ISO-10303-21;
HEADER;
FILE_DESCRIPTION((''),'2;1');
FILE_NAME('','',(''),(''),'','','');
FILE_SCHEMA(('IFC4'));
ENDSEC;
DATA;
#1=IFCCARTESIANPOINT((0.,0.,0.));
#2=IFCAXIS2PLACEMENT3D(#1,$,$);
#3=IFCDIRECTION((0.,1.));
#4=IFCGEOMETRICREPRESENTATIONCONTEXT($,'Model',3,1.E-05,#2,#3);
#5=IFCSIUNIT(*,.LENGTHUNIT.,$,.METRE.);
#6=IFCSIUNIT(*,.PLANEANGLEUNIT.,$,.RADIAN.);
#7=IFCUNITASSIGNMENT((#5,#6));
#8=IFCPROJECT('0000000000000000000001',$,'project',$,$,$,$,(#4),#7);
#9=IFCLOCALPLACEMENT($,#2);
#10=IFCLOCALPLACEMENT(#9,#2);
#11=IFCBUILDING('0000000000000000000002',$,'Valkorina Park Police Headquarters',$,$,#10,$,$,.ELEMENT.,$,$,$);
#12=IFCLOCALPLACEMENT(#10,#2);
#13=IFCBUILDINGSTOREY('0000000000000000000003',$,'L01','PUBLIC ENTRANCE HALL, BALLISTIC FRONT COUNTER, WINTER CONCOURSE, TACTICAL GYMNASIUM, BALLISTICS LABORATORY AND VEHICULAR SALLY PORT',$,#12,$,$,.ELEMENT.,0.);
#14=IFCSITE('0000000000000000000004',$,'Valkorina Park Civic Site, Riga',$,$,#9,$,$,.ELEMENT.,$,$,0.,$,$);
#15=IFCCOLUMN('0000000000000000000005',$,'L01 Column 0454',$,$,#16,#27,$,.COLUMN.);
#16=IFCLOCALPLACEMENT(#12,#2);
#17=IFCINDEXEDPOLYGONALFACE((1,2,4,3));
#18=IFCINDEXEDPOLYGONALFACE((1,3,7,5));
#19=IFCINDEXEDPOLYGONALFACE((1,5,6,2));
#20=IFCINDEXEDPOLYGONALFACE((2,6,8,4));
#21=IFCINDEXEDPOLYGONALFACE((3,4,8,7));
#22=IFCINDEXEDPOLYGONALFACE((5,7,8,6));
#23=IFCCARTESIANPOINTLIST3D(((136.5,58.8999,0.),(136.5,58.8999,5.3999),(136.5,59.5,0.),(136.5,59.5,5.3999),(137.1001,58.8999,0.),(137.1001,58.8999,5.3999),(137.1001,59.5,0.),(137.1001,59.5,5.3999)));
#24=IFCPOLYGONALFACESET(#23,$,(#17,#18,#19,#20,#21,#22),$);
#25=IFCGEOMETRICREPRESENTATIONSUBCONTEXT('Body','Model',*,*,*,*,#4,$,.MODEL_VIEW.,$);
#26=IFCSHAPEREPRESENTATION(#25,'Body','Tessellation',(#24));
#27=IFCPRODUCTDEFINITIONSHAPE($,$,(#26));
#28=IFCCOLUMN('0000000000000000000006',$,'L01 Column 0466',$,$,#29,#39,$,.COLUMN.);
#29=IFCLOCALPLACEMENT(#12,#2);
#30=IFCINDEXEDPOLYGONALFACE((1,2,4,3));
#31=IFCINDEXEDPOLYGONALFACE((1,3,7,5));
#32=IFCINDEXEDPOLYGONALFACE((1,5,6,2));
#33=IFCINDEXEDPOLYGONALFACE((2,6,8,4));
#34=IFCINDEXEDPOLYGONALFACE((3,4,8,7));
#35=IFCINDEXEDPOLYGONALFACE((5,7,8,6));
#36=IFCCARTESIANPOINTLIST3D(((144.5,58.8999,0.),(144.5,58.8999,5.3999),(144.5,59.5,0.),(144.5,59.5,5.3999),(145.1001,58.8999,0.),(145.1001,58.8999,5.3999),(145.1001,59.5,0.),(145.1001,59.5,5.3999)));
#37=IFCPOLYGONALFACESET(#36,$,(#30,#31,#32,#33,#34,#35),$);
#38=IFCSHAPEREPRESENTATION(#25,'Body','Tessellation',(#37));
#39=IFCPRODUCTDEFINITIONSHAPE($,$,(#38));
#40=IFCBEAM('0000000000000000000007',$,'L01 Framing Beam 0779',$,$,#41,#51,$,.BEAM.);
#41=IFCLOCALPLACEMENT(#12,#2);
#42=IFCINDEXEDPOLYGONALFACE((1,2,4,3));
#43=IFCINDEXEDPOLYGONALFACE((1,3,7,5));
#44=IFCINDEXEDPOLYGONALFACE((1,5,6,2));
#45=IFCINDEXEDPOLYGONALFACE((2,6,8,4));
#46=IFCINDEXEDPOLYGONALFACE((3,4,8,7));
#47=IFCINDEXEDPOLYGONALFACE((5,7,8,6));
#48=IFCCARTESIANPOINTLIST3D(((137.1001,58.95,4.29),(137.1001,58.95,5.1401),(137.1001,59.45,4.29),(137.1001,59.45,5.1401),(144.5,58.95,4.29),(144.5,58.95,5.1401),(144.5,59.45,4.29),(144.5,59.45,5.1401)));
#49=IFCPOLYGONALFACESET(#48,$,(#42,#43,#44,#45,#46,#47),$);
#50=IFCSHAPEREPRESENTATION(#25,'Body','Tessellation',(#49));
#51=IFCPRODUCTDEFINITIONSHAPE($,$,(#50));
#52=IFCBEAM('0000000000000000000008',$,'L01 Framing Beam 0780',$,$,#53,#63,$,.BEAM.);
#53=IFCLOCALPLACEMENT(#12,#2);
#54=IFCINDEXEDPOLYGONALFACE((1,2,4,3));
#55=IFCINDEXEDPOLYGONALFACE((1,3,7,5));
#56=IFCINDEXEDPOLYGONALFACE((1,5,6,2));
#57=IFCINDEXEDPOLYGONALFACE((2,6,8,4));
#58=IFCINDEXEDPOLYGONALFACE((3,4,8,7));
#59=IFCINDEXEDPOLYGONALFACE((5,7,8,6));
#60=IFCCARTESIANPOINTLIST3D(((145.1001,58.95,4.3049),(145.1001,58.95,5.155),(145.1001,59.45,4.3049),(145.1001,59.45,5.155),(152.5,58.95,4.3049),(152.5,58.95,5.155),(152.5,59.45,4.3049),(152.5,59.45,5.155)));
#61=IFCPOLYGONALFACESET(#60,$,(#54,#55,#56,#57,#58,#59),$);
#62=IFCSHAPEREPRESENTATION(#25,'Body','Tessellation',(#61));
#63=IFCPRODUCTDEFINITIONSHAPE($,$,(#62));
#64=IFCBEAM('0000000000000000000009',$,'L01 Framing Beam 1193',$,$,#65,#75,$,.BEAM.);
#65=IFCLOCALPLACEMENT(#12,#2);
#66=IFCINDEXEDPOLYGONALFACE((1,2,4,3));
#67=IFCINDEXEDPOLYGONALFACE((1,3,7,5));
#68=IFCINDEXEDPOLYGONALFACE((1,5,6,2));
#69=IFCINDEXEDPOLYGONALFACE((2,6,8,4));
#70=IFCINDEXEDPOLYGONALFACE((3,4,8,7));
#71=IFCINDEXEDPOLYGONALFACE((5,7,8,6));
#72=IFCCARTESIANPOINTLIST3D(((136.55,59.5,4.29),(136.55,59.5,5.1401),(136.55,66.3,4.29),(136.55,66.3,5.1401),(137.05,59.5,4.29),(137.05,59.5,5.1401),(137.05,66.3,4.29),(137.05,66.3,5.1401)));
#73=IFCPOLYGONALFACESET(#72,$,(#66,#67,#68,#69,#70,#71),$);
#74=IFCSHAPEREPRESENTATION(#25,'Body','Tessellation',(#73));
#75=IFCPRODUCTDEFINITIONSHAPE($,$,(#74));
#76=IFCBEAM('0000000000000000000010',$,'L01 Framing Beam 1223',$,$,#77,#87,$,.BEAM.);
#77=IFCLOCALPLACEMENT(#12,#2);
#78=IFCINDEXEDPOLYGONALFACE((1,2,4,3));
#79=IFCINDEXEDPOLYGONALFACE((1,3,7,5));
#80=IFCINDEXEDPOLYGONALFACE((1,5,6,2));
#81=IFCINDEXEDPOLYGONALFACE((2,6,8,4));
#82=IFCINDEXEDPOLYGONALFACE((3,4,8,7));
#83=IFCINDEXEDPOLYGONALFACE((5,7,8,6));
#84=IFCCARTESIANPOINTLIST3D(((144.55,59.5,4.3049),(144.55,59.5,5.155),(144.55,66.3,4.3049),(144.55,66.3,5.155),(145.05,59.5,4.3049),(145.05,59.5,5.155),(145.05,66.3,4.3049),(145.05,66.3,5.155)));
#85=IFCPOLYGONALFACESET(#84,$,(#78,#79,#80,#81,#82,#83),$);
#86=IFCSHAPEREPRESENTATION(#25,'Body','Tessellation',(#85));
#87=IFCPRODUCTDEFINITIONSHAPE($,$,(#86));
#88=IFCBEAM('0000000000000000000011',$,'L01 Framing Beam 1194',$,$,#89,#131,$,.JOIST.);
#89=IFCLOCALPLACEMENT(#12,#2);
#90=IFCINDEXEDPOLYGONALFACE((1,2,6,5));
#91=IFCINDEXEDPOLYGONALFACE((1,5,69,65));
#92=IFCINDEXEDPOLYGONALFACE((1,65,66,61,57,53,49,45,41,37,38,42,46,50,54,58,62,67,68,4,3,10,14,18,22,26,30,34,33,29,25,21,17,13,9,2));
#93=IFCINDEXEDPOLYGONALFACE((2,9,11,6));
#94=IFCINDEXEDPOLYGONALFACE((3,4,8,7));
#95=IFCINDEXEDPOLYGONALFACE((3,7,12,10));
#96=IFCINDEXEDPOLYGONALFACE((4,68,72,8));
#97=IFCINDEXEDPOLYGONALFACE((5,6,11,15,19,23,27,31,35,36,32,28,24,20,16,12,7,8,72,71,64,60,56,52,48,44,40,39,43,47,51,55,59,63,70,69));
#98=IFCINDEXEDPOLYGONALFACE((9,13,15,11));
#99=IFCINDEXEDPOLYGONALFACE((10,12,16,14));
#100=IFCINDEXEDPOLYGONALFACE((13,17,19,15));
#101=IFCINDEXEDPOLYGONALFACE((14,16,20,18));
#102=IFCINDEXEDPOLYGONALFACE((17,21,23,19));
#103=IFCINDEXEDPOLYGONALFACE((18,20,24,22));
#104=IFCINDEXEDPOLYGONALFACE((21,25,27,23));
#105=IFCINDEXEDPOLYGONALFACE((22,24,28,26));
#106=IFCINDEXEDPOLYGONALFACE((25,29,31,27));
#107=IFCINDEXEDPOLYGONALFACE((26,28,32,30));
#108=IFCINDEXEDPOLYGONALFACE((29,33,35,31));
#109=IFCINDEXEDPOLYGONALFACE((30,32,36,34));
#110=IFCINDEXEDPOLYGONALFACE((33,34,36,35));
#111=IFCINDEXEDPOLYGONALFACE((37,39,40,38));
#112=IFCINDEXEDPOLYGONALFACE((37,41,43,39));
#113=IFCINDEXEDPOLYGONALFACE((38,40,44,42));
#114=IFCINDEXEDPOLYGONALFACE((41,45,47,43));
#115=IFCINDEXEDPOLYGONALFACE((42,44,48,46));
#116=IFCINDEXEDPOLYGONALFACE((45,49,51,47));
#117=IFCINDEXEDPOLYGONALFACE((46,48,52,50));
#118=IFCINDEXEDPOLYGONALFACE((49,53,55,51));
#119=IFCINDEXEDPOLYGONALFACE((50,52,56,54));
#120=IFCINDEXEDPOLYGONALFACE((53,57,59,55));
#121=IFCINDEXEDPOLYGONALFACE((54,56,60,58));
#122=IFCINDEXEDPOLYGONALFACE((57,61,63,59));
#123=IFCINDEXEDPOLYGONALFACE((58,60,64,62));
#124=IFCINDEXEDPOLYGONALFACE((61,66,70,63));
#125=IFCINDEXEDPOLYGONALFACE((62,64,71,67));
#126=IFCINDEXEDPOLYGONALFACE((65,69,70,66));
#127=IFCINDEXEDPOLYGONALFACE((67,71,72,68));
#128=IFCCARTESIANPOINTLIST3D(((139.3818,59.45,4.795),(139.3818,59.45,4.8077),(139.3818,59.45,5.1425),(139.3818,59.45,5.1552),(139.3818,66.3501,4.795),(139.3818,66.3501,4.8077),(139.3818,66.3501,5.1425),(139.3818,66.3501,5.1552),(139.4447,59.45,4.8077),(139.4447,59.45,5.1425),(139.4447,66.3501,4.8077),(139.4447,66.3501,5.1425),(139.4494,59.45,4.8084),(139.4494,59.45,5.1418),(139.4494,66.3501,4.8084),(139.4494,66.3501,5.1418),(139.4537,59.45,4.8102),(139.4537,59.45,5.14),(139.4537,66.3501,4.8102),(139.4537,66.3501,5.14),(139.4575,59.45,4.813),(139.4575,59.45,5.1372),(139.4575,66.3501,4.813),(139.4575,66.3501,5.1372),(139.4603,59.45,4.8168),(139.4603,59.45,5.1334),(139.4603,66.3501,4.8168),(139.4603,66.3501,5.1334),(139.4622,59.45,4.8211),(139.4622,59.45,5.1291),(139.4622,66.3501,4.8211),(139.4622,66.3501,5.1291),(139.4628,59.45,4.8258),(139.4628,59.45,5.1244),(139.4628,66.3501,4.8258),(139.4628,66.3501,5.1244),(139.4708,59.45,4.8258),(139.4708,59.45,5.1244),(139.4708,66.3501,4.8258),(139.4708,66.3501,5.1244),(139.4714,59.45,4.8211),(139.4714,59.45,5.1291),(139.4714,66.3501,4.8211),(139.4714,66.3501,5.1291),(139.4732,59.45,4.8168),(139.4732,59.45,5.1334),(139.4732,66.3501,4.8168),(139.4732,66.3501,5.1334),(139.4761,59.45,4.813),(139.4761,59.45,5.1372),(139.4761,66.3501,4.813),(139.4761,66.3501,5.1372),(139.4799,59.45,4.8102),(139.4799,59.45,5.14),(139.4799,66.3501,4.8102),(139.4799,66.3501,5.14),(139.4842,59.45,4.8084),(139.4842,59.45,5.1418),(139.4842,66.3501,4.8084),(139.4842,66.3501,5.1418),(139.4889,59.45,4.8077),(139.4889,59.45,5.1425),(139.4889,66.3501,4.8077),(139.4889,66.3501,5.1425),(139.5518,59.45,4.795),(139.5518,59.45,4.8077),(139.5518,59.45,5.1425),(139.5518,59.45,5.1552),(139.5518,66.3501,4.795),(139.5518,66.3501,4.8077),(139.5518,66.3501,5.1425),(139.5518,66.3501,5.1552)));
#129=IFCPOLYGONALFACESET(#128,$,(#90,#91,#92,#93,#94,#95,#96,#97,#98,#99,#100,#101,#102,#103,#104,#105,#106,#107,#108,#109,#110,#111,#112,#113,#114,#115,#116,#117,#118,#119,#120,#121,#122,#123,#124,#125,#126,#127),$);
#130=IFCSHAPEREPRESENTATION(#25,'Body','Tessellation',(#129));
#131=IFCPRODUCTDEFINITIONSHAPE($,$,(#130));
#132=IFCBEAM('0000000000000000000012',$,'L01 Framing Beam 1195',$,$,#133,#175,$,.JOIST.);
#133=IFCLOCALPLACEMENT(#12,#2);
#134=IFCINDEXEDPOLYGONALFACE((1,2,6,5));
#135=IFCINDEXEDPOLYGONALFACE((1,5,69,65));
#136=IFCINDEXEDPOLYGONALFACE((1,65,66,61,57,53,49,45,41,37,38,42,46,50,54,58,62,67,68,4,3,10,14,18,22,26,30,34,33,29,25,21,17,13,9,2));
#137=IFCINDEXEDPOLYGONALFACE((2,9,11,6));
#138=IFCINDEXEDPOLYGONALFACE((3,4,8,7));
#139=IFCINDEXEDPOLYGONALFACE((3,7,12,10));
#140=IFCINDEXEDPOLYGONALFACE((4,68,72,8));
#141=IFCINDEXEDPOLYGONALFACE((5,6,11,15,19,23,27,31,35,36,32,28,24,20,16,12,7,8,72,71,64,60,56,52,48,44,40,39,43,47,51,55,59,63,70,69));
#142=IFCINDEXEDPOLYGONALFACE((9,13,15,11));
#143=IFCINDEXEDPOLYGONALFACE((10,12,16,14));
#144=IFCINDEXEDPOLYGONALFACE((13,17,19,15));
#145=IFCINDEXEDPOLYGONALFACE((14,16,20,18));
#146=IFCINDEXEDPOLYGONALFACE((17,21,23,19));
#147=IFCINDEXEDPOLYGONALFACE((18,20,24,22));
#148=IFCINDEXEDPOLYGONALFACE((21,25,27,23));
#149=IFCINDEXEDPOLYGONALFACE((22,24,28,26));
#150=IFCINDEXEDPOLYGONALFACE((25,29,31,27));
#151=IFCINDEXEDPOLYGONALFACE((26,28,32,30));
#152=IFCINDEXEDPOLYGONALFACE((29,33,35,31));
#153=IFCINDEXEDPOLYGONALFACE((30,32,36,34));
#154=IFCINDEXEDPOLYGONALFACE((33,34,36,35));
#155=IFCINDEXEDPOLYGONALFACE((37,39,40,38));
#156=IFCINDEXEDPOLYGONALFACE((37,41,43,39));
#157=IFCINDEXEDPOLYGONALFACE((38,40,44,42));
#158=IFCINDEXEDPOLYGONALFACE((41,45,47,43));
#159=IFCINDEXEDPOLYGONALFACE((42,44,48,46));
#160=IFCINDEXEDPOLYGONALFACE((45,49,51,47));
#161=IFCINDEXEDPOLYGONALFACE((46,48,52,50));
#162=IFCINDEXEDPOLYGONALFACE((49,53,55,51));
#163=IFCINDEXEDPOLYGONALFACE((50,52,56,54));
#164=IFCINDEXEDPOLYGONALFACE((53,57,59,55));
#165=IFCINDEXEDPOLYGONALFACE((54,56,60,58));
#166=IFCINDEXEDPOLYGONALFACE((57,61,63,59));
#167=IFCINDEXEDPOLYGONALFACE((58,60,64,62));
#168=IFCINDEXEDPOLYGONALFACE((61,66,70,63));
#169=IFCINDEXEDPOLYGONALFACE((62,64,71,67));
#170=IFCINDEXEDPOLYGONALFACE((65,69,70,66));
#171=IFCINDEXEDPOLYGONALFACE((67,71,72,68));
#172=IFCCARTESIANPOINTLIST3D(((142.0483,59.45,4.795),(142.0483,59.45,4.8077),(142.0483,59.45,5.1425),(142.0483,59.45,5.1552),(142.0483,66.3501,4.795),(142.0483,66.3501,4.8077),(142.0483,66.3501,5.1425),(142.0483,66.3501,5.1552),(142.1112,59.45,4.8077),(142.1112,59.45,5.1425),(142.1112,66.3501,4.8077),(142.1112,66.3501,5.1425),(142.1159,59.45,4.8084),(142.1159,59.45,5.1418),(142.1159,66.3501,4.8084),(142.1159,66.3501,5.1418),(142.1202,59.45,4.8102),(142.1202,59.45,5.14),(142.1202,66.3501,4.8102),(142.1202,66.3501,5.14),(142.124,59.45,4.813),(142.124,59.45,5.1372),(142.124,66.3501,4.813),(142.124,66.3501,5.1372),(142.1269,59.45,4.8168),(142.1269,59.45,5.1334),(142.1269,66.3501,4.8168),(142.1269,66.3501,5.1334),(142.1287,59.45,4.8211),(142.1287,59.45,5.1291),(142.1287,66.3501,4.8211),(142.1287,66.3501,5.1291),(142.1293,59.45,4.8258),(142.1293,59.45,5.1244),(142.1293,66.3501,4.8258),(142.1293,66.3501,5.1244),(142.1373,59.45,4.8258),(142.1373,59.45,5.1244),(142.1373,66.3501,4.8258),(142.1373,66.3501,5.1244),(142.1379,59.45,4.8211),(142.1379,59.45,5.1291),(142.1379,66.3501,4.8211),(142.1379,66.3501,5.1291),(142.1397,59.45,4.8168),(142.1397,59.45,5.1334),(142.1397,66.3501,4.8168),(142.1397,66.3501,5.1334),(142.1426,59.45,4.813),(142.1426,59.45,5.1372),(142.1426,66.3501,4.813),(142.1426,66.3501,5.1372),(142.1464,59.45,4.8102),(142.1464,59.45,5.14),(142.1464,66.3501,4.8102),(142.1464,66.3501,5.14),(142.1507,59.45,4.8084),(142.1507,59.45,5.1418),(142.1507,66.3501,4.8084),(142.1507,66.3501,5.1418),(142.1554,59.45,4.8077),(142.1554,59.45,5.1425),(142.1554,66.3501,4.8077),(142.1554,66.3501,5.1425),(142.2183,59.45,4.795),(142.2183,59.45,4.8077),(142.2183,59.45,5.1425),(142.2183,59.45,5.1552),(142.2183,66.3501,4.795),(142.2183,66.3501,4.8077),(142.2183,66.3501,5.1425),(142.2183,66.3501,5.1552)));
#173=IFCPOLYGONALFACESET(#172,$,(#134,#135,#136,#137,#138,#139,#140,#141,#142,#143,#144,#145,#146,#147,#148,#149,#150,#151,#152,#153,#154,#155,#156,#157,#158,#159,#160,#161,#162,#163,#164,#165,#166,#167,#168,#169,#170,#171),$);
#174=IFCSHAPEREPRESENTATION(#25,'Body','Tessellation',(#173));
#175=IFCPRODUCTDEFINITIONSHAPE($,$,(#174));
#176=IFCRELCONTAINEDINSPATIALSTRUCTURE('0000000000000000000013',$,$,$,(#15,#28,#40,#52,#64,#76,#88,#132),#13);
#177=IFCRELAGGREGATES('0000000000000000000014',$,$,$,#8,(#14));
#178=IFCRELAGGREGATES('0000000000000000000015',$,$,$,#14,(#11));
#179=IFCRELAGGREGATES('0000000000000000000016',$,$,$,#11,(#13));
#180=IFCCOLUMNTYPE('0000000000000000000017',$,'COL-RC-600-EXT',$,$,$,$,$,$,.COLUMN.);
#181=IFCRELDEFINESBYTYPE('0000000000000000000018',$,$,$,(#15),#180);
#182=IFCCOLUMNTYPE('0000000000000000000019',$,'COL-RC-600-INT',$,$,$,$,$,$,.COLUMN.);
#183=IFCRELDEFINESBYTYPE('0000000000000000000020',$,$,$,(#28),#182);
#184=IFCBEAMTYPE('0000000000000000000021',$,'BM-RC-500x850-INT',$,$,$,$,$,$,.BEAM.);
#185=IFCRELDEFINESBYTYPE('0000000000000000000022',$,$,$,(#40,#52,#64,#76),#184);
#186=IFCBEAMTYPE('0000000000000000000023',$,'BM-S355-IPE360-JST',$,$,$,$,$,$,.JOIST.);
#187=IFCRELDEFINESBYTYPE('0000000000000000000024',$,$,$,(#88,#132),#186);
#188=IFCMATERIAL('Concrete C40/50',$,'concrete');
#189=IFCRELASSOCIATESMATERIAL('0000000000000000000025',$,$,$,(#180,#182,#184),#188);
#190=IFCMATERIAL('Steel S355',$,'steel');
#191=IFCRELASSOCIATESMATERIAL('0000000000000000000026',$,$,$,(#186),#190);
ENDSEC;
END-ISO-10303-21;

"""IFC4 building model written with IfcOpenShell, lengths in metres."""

from ifc_helpers import new_model, si_unit, direction, frame, origin, origin_2d, place, context, subcontext, project, spatial, rectangle, i_section, extrude, material, material_profile, profile_set, type_object, element, save


model = new_model("IFC4")

# Units and contexts
model_context = context("Model", 3, precision=1e-05, world=origin(), true_north=direction((0.0, 1.0)))
body_context = subcontext(model_context, "Body", "Model", "MODEL_VIEW")
ifc_project = project(units=[si_unit("LENGTHUNIT", "METRE"), si_unit("PLANEANGLEUNIT", "RADIAN")], contexts=[model_context])

# Site, building, storey
site_placement = place(None, origin())
site = spatial("IfcSite", under=ifc_project, at=site_placement, Name="Valkorina Park Civic Site, Riga", CompositionType="ELEMENT", RefElevation=0.0)
building_placement = place(site_placement, origin())
building = spatial("IfcBuilding", under=site, at=building_placement, Name="Valkorina Park Police Headquarters", CompositionType="ELEMENT")
storey_placement = place(building_placement, origin())
storey = spatial("IfcBuildingStorey", under=building, at=storey_placement, Name="L01", Description="PUBLIC ENTRANCE HALL, BALLISTIC FRONT COUNTER, WINTER CONCOURSE, TACTICAL GYMNASIUM, BALLISTICS LABORATORY AND VEHICULAR SALLY PORT", CompositionType="ELEMENT", Elevation=0.0)

# Columns
ifc_material_1 = material(Name="Concrete C40/50", Category="concrete")
ifc_material_profile_1 = material_profile(ifc_material_1, rectangle(XDim=0.6001, YDim=0.6001, at=origin_2d()), Name="RC COL 600x600")
ifc_profile_set_1 = profile_set([ifc_material_profile_1], Name="Concrete C40/50")
column_type_1 = type_object("IfcColumnType", Name="COL-RC-600-EXT", PredefinedType="COLUMN", material=ifc_profile_set_1)
column_1_placement = place(storey_placement, frame((136.8, 59.2, 0.0), z_axis=(0.0, 0.0, 1.0), x_axis=(1.0, 0.0, 0.0)))
element("IfcColumn", 1, at=column_1_placement, inside=storey, type_object=column_type_1, Name="L01 Column 0454", PredefinedType="COLUMN", context=body_context, shape_type="SweptSolid", body=[
    extrude(rectangle(XDim=0.6001, YDim=0.6001, at=origin_2d()), origin(), (0.0, 0.0, 1.0), 5.3999),
])
ifc_material_profile_2 = material_profile(ifc_material_1, rectangle(XDim=0.6001, YDim=0.6001, at=origin_2d()), Name="RC COL 600x600")
ifc_profile_set_2 = profile_set([ifc_material_profile_2], Name="Concrete C40/50")
column_type_2 = type_object("IfcColumnType", Name="COL-RC-600-INT", PredefinedType="COLUMN", material=ifc_profile_set_2)
column_2_placement = place(storey_placement, frame((144.8, 59.2, 0.0), z_axis=(0.0, 0.0, 1.0), x_axis=(1.0, 0.0, 0.0)))
element("IfcColumn", 2, at=column_2_placement, inside=storey, type_object=column_type_2, Name="L01 Column 0466", PredefinedType="COLUMN", context=body_context, shape_type="SweptSolid", body=[
    extrude(rectangle(XDim=0.6001, YDim=0.6001, at=origin_2d()), origin(), (0.0, 0.0, 1.0), 5.3999),
])

# Beams
ifc_material_profile_3 = material_profile(ifc_material_1, rectangle(XDim=0.5, YDim=0.8501, at=origin_2d()), Name="RC BEAM 500x850")
ifc_profile_set_3 = profile_set([ifc_material_profile_3], Name="Concrete C40/50")
beam_type_1 = type_object("IfcBeamType", Name="BM-RC-500x850-INT", PredefinedType="BEAM", material=ifc_profile_set_3)
for number, where, z_axis, x_axis, name in (
    (3, (137.1001, 59.2, 4.7151), (1.0, 0.0, 0.0), (0.0, 1.0, 0.0), "L01 Framing Beam 0779"),
    (4, (145.1001, 59.2, 4.73), (1.0, 0.0, 0.0), (0.0, 1.0, 0.0), "L01 Framing Beam 0780"),
):
    element("IfcBeam", number, at=place(storey_placement, frame(where, z_axis=z_axis, x_axis=x_axis)), inside=storey, type_object=beam_type_1, Name=name, PredefinedType="BEAM", context=body_context, shape_type="SweptSolid", body=[
        extrude(rectangle(XDim=0.5, YDim=0.8501, at=origin_2d()), origin(), (0.0, 0.0, 1.0), 7.3999),
    ])
for number, where, z_axis, x_axis, name in (
    (5, (136.8, 59.5, 4.7151), (0.0, 1.0, 0.0), (-1.0, 0.0, 0.0), "L01 Framing Beam 1193"),
    (6, (144.8, 59.5, 4.73), (0.0, 1.0, 0.0), (-1.0, 0.0, 0.0), "L01 Framing Beam 1223"),
):
    element("IfcBeam", number, at=place(storey_placement, frame(where, z_axis=z_axis, x_axis=x_axis)), inside=storey, type_object=beam_type_1, Name=name, PredefinedType="BEAM", context=body_context, shape_type="SweptSolid", body=[
        extrude(rectangle(XDim=0.5, YDim=0.8501, at=origin_2d()), origin(), (0.0, 0.0, 1.0), 6.8),
    ])
ifc_material_2 = material(Name="Steel S355", Category="steel")
ifc_material_profile_4 = material_profile(ifc_material_2, i_section(OverallWidth=0.1699, OverallDepth=0.3601, WebThickness=0.0081, FlangeThickness=0.0127, FilletRadius=0.0181, at=origin_2d()), Name="IPE 360")
ifc_profile_set_4 = profile_set([ifc_material_profile_4], Name="Steel S355")
beam_type_2 = type_object("IfcBeamType", Name="BM-S355-IPE360-JST", PredefinedType="JOIST", material=ifc_profile_set_4)
for number, where, z_axis, x_axis, name in (
    (7, (139.4668, 59.45, 4.9751), (0.0, 1.0, 0.0), (-1.0, 0.0, 0.0), "L01 Framing Beam 1194"),
    (8, (142.1333, 59.45, 4.9751), (0.0, 1.0, 0.0), (-1.0, 0.0, 0.0), "L01 Framing Beam 1195"),
):
    element("IfcBeam", number, at=place(storey_placement, frame(where, z_axis=z_axis, x_axis=x_axis)), inside=storey, type_object=beam_type_2, Name=name, PredefinedType="JOIST", context=body_context, shape_type="SweptSolid", body=[
        extrude(i_section(OverallWidth=0.1699, OverallDepth=0.3601, WebThickness=0.0081, FlangeThickness=0.0127, FilletRadius=0.0181, at=origin_2d()), origin(), (0.0, 0.0, 1.0), 6.9001),
    ])

save(model, "model.ifc")
